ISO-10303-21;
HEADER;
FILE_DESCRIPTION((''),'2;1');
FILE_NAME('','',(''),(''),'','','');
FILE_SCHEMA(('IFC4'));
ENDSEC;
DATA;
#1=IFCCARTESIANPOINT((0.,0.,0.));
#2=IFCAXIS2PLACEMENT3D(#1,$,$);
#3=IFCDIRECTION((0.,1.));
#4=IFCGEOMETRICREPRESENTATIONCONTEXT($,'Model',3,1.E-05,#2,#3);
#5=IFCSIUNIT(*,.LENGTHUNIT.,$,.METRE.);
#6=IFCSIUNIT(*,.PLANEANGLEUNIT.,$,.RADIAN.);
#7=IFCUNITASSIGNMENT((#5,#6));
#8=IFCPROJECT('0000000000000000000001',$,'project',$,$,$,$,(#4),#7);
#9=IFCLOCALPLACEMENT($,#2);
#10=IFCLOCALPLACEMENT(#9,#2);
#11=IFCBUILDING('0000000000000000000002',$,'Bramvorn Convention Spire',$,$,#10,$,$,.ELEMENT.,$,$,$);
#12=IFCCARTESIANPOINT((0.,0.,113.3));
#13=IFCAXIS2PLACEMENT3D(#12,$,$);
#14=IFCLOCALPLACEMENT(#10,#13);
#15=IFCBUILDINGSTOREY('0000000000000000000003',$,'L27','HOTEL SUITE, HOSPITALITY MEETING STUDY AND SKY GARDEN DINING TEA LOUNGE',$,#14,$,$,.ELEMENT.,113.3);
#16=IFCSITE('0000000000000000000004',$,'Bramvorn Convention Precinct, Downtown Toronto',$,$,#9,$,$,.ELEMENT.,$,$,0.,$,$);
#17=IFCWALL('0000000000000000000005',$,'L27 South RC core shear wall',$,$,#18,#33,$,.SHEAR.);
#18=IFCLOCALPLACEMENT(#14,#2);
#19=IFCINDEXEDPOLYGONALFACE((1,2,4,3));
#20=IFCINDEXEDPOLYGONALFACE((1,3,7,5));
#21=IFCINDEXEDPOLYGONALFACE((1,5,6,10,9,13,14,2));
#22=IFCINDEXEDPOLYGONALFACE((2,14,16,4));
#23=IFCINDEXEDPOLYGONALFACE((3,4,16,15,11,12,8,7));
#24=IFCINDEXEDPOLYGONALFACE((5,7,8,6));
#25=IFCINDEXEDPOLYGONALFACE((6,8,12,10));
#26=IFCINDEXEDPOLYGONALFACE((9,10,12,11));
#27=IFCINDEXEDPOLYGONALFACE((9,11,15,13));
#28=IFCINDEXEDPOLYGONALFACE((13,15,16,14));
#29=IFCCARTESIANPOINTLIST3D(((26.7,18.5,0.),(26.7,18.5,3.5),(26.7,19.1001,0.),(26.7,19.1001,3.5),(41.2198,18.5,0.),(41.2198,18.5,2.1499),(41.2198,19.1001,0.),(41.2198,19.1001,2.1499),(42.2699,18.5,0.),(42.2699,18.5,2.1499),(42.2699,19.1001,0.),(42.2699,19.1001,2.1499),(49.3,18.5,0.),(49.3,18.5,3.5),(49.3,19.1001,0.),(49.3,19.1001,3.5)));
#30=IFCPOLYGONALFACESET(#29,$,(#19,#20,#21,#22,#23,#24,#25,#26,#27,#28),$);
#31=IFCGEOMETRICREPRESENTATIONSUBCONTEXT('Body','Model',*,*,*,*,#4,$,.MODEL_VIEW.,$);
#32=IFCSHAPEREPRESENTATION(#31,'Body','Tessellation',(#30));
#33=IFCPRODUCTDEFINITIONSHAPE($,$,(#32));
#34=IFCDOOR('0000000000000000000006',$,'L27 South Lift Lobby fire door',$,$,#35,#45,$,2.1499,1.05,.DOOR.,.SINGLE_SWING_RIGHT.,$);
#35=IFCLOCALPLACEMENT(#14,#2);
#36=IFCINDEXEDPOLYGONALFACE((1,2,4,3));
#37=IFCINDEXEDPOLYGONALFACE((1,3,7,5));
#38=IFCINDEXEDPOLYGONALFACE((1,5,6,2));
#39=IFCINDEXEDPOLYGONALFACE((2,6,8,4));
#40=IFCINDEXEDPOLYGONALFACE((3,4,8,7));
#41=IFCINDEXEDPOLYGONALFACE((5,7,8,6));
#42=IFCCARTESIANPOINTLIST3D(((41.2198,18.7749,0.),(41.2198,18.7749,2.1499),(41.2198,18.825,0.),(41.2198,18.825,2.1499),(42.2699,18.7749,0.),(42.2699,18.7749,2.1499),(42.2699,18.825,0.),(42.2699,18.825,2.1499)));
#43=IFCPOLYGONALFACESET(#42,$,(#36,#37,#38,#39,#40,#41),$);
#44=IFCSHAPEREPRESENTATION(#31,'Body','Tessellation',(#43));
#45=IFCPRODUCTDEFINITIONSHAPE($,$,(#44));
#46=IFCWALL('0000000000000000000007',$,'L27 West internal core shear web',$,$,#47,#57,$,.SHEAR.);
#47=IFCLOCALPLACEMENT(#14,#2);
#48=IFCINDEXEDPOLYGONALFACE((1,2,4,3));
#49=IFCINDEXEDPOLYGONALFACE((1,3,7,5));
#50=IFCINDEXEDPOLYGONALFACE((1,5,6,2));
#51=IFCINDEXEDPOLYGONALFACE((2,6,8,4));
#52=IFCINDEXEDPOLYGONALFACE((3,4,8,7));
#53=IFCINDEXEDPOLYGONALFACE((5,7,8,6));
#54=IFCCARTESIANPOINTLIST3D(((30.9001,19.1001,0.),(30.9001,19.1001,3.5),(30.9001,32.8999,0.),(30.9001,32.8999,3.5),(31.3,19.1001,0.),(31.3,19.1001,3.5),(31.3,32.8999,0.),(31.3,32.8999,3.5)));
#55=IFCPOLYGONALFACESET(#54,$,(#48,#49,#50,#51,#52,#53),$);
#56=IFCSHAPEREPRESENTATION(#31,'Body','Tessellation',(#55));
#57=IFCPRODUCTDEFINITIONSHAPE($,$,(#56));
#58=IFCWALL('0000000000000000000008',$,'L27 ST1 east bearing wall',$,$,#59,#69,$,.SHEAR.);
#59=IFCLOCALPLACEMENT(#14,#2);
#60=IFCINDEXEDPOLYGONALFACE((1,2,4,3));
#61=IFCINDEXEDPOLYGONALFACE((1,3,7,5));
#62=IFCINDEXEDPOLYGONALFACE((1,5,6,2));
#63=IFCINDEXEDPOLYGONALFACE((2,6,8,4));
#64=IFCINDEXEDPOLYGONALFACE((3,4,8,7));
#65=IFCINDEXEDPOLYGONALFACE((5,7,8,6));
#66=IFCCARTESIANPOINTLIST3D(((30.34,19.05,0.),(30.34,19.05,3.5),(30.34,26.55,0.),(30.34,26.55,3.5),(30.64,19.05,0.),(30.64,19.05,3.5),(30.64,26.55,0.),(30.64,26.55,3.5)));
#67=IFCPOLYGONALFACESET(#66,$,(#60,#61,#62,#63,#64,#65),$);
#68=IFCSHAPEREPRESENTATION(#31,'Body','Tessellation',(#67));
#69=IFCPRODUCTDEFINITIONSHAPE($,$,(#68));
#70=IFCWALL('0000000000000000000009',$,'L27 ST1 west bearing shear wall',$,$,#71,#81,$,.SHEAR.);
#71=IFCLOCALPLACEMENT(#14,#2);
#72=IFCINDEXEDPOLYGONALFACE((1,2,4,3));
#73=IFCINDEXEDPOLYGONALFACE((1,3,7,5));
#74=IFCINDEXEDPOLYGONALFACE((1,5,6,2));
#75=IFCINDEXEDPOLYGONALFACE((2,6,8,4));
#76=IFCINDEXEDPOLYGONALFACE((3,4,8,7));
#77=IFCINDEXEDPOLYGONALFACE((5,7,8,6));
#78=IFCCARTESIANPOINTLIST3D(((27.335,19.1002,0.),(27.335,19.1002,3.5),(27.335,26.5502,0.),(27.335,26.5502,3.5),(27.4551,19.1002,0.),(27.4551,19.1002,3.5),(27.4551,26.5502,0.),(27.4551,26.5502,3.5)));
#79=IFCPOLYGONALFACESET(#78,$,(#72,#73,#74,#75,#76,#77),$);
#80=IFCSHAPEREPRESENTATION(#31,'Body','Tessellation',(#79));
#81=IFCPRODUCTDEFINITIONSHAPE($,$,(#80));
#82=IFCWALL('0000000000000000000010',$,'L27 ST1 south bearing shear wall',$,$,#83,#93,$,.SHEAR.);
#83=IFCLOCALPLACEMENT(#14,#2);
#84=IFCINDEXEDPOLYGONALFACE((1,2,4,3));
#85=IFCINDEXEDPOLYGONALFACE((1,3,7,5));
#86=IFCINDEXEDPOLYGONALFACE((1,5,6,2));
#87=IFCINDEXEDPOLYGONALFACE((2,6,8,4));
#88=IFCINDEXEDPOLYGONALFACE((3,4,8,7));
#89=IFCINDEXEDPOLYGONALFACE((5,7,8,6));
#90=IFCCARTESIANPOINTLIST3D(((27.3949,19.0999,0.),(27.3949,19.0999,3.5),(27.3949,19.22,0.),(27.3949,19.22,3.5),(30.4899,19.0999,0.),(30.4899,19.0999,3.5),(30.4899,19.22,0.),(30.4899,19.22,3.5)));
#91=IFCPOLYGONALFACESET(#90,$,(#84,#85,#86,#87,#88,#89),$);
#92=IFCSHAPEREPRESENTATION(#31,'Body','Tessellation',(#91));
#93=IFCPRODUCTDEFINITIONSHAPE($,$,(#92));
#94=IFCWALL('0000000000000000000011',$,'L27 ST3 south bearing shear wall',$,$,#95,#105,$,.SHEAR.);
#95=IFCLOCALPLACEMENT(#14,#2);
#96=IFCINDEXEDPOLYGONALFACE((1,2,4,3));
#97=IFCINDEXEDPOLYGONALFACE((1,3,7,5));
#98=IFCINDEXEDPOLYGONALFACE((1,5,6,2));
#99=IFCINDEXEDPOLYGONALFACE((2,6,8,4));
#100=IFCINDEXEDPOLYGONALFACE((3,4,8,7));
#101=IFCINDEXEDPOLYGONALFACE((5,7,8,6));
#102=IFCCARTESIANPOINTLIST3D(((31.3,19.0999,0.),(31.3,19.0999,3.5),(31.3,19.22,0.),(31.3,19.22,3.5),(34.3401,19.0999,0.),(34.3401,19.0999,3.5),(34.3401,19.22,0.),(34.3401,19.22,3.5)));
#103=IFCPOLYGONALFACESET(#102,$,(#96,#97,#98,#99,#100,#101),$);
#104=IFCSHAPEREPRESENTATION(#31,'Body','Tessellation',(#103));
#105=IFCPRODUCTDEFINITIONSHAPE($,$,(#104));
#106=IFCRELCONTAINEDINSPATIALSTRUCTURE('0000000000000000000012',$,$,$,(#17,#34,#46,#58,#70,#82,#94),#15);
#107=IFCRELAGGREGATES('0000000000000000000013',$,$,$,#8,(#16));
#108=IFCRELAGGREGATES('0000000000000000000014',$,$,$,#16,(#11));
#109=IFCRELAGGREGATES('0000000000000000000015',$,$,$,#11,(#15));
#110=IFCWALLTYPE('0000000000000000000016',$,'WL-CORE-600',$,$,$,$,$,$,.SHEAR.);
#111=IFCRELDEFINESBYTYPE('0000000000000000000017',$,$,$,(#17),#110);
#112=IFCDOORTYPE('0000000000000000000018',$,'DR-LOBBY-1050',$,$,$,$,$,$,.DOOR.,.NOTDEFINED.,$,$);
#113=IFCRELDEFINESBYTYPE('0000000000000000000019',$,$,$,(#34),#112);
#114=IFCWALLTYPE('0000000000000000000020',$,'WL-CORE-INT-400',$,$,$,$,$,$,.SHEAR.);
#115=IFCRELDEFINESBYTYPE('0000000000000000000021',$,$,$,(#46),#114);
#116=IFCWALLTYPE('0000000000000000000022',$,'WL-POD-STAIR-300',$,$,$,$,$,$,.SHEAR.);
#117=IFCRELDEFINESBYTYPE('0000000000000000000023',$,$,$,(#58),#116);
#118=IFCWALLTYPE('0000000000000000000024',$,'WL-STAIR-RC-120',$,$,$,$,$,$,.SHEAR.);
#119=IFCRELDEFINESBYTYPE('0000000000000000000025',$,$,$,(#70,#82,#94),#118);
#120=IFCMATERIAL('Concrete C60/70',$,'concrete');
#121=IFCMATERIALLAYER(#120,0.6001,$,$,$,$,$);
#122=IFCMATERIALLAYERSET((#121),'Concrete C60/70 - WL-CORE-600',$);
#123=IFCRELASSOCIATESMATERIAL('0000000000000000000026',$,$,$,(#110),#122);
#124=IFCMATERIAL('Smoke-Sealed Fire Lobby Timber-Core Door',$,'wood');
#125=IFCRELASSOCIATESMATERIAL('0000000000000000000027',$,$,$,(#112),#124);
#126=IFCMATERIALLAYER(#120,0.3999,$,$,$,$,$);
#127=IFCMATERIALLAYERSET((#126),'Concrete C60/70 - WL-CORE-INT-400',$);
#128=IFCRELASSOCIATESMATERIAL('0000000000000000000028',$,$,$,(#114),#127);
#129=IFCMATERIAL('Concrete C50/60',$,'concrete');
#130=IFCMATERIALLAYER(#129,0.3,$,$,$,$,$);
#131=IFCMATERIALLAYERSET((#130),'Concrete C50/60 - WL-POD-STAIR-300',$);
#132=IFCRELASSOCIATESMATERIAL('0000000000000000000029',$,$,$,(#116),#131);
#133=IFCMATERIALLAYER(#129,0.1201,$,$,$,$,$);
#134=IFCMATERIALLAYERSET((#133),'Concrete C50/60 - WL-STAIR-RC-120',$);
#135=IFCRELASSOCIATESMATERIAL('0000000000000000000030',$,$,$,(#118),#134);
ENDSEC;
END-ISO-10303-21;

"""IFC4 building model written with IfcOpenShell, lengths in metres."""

from ifc_helpers import new_model, si_unit, direction, frame, frame_2d, origin, place, context, subcontext, project, spatial, rectangle, extrude, material, layer, layer_set, type_object, element, fill, save


model = new_model("IFC4")

# Units and contexts
model_context = context("Model", 3, precision=1e-05, world=origin(), true_north=direction((0.0, 1.0)))
body_context = subcontext(model_context, "Body", "Model", "MODEL_VIEW")
ifc_project = project(units=[si_unit("LENGTHUNIT", "METRE"), si_unit("PLANEANGLEUNIT", "RADIAN")], contexts=[model_context])

# Site, building, storey
site_placement = place(None, origin())
site = spatial("IfcSite", under=ifc_project, at=site_placement, Name="Bramvorn Convention Precinct, Downtown Toronto", CompositionType="ELEMENT", RefElevation=0.0)
building_placement = place(site_placement, origin())
building = spatial("IfcBuilding", under=site, at=building_placement, Name="Bramvorn Convention Spire", CompositionType="ELEMENT")
storey_placement = place(building_placement, frame((0.0, 0.0, 113.3)))
storey = spatial("IfcBuildingStorey", under=building, at=storey_placement, Name="L27", Description="HOTEL SUITE, HOSPITALITY MEETING STUDY AND SKY GARDEN DINING TEA LOUNGE", CompositionType="ELEMENT", Elevation=113.3)

# Wall, opening, door
ifc_material_1 = material(Name="Concrete C60/70", Category="concrete")
ifc_layer_1 = layer(ifc_material_1, 0.6001)
ifc_layer_set_1 = layer_set([ifc_layer_1], Name="Concrete C60/70 - WL-CORE-600")
wall_type_1 = type_object("IfcWallType", Name="WL-CORE-600", PredefinedType="SHEAR", material=ifc_layer_set_1)
wall_1_placement = place(storey_placement, frame((26.7, 18.8, 0.0), z_axis=(0.0, 0.0, 1.0), x_axis=(1.0, 0.0, 0.0)))
wall_1 = element("IfcWall", 1, at=wall_1_placement, inside=storey, type_object=wall_type_1, Name="L27 South RC core shear wall", PredefinedType="SHEAR", context=body_context, shape_type="SweptSolid", body=[
    extrude(rectangle(XDim=22.6001, YDim=0.6001, at=frame_2d((11.3, 0.0))), origin(), (0.0, 0.0, 1.0), 3.5),
])
opening_1_placement = place(wall_1_placement, frame((14.52, 0.0, 0.0)))
opening_1 = element("IfcOpeningElement", 2, at=opening_1_placement, cuts=wall_1, PredefinedType="OPENING", context=body_context, shape_type="SweptSolid", body=[
    extrude(rectangle(XDim=1.05, YDim=2.1499, at=frame_2d((0.5249, 1.075))), frame((0.0, 0.3101, 0.0), z_axis=(0.0, -1.0, 0.0), x_axis=(1.0, 0.0, 0.0)), (0.0, 0.0, 1.0), 0.6201),
])
ifc_material_2 = material(Name="Smoke-Sealed Fire Lobby Timber-Core Door", Category="wood")
door_type = type_object("IfcDoorType", Name="DR-LOBBY-1050", OperationType="NOTDEFINED", PredefinedType="DOOR", material=ifc_material_2)
door_1_placement = place(opening_1_placement, origin())
door_1 = element("IfcDoor", 3, at=door_1_placement, inside=storey, type_object=door_type, Name="L27 South Lift Lobby fire door", OperationType="SINGLE_SWING_RIGHT", OverallHeight=2.1499, OverallWidth=1.05, PredefinedType="DOOR", context=body_context, shape_type="SweptSolid", body=[
    extrude(rectangle(XDim=1.05, YDim=2.1499, at=frame_2d((0.5249, 1.075))), frame((0.0, 0.0249, 0.0), z_axis=(0.0, -1.0, 0.0), x_axis=(1.0, 0.0, 0.0)), (0.0, 0.0, 1.0), 0.05),
])
fill(opening_1, door_1)

# Walls
ifc_layer_2 = layer(ifc_material_1, 0.3999)
ifc_layer_set_2 = layer_set([ifc_layer_2], Name="Concrete C60/70 - WL-CORE-INT-400")
wall_type_2 = type_object("IfcWallType", Name="WL-CORE-INT-400", PredefinedType="SHEAR", material=ifc_layer_set_2)
wall_2_placement = place(storey_placement, frame((31.1001, 19.1001, 0.0), z_axis=(0.0, 0.0, 1.0), x_axis=(0.0, 1.0, 0.0)))
element("IfcWall", 4, at=wall_2_placement, inside=storey, type_object=wall_type_2, Name="L27 West internal core shear web", PredefinedType="SHEAR", context=body_context, shape_type="SweptSolid", body=[
    extrude(rectangle(XDim=13.7998, YDim=0.3999, at=frame_2d((6.8999, 0.0))), origin(), (0.0, 0.0, 1.0), 3.5),
])
ifc_material_3 = material(Name="Concrete C50/60", Category="concrete")
ifc_layer_3 = layer(ifc_material_3, 0.3)
ifc_layer_set_3 = layer_set([ifc_layer_3], Name="Concrete C50/60 - WL-POD-STAIR-300")
wall_type_3 = type_object("IfcWallType", Name="WL-POD-STAIR-300", PredefinedType="SHEAR", material=ifc_layer_set_3)
wall_3_placement = place(storey_placement, frame((30.49, 19.05, 0.0), z_axis=(0.0, 0.0, 1.0), x_axis=(0.0, 1.0, 0.0)))
element("IfcWall", 5, at=wall_3_placement, inside=storey, type_object=wall_type_3, Name="L27 ST1 east bearing wall", PredefinedType="SHEAR", context=body_context, shape_type="SweptSolid", body=[
    extrude(rectangle(XDim=7.5, YDim=0.3, at=frame_2d((3.75, 0.0))), origin(), (0.0, 0.0, 1.0), 3.5),
])
ifc_layer_4 = layer(ifc_material_3, 0.1201)
ifc_layer_set_4 = layer_set([ifc_layer_4], Name="Concrete C50/60 - WL-STAIR-RC-120")
wall_type_4 = type_object("IfcWallType", Name="WL-STAIR-RC-120", PredefinedType="SHEAR", material=ifc_layer_set_4)
wall_4_placement = place(storey_placement, frame((27.395, 19.1001, 0.0), z_axis=(0.0, 0.0, 1.0), x_axis=(0.0, 1.0, 0.0)))
element("IfcWall", 6, at=wall_4_placement, inside=storey, type_object=wall_type_4, Name="L27 ST1 west bearing shear wall", PredefinedType="SHEAR", context=body_context, shape_type="SweptSolid", body=[
    extrude(rectangle(XDim=7.45, YDim=0.1201, at=frame_2d((3.7251, 0.0))), origin(), (0.0, 0.0, 1.0), 3.5),
])
wall_5_placement = place(storey_placement, frame((27.395, 19.1599, 0.0), z_axis=(0.0, 0.0, 1.0), x_axis=(1.0, 0.0, 0.0)))
element("IfcWall", 7, at=wall_5_placement, inside=storey, type_object=wall_type_4, Name="L27 ST1 south bearing shear wall", PredefinedType="SHEAR", context=body_context, shape_type="SweptSolid", body=[
    extrude(rectangle(XDim=3.095, YDim=0.1201, at=frame_2d((1.5474, 0.0))), origin(), (0.0, 0.0, 1.0), 3.5),
])
wall_6_placement = place(storey_placement, frame((31.3, 19.1599, 0.0), z_axis=(0.0, 0.0, 1.0), x_axis=(1.0, 0.0, 0.0)))
element("IfcWall", 8, at=wall_6_placement, inside=storey, type_object=wall_type_4, Name="L27 ST3 south bearing shear wall", PredefinedType="SHEAR", context=body_context, shape_type="SweptSolid", body=[
    extrude(rectangle(XDim=3.04, YDim=0.1201, at=frame_2d((1.52, 0.0))), origin(), (0.0, 0.0, 1.0), 3.5),
])

save(model, "model.ifc")
